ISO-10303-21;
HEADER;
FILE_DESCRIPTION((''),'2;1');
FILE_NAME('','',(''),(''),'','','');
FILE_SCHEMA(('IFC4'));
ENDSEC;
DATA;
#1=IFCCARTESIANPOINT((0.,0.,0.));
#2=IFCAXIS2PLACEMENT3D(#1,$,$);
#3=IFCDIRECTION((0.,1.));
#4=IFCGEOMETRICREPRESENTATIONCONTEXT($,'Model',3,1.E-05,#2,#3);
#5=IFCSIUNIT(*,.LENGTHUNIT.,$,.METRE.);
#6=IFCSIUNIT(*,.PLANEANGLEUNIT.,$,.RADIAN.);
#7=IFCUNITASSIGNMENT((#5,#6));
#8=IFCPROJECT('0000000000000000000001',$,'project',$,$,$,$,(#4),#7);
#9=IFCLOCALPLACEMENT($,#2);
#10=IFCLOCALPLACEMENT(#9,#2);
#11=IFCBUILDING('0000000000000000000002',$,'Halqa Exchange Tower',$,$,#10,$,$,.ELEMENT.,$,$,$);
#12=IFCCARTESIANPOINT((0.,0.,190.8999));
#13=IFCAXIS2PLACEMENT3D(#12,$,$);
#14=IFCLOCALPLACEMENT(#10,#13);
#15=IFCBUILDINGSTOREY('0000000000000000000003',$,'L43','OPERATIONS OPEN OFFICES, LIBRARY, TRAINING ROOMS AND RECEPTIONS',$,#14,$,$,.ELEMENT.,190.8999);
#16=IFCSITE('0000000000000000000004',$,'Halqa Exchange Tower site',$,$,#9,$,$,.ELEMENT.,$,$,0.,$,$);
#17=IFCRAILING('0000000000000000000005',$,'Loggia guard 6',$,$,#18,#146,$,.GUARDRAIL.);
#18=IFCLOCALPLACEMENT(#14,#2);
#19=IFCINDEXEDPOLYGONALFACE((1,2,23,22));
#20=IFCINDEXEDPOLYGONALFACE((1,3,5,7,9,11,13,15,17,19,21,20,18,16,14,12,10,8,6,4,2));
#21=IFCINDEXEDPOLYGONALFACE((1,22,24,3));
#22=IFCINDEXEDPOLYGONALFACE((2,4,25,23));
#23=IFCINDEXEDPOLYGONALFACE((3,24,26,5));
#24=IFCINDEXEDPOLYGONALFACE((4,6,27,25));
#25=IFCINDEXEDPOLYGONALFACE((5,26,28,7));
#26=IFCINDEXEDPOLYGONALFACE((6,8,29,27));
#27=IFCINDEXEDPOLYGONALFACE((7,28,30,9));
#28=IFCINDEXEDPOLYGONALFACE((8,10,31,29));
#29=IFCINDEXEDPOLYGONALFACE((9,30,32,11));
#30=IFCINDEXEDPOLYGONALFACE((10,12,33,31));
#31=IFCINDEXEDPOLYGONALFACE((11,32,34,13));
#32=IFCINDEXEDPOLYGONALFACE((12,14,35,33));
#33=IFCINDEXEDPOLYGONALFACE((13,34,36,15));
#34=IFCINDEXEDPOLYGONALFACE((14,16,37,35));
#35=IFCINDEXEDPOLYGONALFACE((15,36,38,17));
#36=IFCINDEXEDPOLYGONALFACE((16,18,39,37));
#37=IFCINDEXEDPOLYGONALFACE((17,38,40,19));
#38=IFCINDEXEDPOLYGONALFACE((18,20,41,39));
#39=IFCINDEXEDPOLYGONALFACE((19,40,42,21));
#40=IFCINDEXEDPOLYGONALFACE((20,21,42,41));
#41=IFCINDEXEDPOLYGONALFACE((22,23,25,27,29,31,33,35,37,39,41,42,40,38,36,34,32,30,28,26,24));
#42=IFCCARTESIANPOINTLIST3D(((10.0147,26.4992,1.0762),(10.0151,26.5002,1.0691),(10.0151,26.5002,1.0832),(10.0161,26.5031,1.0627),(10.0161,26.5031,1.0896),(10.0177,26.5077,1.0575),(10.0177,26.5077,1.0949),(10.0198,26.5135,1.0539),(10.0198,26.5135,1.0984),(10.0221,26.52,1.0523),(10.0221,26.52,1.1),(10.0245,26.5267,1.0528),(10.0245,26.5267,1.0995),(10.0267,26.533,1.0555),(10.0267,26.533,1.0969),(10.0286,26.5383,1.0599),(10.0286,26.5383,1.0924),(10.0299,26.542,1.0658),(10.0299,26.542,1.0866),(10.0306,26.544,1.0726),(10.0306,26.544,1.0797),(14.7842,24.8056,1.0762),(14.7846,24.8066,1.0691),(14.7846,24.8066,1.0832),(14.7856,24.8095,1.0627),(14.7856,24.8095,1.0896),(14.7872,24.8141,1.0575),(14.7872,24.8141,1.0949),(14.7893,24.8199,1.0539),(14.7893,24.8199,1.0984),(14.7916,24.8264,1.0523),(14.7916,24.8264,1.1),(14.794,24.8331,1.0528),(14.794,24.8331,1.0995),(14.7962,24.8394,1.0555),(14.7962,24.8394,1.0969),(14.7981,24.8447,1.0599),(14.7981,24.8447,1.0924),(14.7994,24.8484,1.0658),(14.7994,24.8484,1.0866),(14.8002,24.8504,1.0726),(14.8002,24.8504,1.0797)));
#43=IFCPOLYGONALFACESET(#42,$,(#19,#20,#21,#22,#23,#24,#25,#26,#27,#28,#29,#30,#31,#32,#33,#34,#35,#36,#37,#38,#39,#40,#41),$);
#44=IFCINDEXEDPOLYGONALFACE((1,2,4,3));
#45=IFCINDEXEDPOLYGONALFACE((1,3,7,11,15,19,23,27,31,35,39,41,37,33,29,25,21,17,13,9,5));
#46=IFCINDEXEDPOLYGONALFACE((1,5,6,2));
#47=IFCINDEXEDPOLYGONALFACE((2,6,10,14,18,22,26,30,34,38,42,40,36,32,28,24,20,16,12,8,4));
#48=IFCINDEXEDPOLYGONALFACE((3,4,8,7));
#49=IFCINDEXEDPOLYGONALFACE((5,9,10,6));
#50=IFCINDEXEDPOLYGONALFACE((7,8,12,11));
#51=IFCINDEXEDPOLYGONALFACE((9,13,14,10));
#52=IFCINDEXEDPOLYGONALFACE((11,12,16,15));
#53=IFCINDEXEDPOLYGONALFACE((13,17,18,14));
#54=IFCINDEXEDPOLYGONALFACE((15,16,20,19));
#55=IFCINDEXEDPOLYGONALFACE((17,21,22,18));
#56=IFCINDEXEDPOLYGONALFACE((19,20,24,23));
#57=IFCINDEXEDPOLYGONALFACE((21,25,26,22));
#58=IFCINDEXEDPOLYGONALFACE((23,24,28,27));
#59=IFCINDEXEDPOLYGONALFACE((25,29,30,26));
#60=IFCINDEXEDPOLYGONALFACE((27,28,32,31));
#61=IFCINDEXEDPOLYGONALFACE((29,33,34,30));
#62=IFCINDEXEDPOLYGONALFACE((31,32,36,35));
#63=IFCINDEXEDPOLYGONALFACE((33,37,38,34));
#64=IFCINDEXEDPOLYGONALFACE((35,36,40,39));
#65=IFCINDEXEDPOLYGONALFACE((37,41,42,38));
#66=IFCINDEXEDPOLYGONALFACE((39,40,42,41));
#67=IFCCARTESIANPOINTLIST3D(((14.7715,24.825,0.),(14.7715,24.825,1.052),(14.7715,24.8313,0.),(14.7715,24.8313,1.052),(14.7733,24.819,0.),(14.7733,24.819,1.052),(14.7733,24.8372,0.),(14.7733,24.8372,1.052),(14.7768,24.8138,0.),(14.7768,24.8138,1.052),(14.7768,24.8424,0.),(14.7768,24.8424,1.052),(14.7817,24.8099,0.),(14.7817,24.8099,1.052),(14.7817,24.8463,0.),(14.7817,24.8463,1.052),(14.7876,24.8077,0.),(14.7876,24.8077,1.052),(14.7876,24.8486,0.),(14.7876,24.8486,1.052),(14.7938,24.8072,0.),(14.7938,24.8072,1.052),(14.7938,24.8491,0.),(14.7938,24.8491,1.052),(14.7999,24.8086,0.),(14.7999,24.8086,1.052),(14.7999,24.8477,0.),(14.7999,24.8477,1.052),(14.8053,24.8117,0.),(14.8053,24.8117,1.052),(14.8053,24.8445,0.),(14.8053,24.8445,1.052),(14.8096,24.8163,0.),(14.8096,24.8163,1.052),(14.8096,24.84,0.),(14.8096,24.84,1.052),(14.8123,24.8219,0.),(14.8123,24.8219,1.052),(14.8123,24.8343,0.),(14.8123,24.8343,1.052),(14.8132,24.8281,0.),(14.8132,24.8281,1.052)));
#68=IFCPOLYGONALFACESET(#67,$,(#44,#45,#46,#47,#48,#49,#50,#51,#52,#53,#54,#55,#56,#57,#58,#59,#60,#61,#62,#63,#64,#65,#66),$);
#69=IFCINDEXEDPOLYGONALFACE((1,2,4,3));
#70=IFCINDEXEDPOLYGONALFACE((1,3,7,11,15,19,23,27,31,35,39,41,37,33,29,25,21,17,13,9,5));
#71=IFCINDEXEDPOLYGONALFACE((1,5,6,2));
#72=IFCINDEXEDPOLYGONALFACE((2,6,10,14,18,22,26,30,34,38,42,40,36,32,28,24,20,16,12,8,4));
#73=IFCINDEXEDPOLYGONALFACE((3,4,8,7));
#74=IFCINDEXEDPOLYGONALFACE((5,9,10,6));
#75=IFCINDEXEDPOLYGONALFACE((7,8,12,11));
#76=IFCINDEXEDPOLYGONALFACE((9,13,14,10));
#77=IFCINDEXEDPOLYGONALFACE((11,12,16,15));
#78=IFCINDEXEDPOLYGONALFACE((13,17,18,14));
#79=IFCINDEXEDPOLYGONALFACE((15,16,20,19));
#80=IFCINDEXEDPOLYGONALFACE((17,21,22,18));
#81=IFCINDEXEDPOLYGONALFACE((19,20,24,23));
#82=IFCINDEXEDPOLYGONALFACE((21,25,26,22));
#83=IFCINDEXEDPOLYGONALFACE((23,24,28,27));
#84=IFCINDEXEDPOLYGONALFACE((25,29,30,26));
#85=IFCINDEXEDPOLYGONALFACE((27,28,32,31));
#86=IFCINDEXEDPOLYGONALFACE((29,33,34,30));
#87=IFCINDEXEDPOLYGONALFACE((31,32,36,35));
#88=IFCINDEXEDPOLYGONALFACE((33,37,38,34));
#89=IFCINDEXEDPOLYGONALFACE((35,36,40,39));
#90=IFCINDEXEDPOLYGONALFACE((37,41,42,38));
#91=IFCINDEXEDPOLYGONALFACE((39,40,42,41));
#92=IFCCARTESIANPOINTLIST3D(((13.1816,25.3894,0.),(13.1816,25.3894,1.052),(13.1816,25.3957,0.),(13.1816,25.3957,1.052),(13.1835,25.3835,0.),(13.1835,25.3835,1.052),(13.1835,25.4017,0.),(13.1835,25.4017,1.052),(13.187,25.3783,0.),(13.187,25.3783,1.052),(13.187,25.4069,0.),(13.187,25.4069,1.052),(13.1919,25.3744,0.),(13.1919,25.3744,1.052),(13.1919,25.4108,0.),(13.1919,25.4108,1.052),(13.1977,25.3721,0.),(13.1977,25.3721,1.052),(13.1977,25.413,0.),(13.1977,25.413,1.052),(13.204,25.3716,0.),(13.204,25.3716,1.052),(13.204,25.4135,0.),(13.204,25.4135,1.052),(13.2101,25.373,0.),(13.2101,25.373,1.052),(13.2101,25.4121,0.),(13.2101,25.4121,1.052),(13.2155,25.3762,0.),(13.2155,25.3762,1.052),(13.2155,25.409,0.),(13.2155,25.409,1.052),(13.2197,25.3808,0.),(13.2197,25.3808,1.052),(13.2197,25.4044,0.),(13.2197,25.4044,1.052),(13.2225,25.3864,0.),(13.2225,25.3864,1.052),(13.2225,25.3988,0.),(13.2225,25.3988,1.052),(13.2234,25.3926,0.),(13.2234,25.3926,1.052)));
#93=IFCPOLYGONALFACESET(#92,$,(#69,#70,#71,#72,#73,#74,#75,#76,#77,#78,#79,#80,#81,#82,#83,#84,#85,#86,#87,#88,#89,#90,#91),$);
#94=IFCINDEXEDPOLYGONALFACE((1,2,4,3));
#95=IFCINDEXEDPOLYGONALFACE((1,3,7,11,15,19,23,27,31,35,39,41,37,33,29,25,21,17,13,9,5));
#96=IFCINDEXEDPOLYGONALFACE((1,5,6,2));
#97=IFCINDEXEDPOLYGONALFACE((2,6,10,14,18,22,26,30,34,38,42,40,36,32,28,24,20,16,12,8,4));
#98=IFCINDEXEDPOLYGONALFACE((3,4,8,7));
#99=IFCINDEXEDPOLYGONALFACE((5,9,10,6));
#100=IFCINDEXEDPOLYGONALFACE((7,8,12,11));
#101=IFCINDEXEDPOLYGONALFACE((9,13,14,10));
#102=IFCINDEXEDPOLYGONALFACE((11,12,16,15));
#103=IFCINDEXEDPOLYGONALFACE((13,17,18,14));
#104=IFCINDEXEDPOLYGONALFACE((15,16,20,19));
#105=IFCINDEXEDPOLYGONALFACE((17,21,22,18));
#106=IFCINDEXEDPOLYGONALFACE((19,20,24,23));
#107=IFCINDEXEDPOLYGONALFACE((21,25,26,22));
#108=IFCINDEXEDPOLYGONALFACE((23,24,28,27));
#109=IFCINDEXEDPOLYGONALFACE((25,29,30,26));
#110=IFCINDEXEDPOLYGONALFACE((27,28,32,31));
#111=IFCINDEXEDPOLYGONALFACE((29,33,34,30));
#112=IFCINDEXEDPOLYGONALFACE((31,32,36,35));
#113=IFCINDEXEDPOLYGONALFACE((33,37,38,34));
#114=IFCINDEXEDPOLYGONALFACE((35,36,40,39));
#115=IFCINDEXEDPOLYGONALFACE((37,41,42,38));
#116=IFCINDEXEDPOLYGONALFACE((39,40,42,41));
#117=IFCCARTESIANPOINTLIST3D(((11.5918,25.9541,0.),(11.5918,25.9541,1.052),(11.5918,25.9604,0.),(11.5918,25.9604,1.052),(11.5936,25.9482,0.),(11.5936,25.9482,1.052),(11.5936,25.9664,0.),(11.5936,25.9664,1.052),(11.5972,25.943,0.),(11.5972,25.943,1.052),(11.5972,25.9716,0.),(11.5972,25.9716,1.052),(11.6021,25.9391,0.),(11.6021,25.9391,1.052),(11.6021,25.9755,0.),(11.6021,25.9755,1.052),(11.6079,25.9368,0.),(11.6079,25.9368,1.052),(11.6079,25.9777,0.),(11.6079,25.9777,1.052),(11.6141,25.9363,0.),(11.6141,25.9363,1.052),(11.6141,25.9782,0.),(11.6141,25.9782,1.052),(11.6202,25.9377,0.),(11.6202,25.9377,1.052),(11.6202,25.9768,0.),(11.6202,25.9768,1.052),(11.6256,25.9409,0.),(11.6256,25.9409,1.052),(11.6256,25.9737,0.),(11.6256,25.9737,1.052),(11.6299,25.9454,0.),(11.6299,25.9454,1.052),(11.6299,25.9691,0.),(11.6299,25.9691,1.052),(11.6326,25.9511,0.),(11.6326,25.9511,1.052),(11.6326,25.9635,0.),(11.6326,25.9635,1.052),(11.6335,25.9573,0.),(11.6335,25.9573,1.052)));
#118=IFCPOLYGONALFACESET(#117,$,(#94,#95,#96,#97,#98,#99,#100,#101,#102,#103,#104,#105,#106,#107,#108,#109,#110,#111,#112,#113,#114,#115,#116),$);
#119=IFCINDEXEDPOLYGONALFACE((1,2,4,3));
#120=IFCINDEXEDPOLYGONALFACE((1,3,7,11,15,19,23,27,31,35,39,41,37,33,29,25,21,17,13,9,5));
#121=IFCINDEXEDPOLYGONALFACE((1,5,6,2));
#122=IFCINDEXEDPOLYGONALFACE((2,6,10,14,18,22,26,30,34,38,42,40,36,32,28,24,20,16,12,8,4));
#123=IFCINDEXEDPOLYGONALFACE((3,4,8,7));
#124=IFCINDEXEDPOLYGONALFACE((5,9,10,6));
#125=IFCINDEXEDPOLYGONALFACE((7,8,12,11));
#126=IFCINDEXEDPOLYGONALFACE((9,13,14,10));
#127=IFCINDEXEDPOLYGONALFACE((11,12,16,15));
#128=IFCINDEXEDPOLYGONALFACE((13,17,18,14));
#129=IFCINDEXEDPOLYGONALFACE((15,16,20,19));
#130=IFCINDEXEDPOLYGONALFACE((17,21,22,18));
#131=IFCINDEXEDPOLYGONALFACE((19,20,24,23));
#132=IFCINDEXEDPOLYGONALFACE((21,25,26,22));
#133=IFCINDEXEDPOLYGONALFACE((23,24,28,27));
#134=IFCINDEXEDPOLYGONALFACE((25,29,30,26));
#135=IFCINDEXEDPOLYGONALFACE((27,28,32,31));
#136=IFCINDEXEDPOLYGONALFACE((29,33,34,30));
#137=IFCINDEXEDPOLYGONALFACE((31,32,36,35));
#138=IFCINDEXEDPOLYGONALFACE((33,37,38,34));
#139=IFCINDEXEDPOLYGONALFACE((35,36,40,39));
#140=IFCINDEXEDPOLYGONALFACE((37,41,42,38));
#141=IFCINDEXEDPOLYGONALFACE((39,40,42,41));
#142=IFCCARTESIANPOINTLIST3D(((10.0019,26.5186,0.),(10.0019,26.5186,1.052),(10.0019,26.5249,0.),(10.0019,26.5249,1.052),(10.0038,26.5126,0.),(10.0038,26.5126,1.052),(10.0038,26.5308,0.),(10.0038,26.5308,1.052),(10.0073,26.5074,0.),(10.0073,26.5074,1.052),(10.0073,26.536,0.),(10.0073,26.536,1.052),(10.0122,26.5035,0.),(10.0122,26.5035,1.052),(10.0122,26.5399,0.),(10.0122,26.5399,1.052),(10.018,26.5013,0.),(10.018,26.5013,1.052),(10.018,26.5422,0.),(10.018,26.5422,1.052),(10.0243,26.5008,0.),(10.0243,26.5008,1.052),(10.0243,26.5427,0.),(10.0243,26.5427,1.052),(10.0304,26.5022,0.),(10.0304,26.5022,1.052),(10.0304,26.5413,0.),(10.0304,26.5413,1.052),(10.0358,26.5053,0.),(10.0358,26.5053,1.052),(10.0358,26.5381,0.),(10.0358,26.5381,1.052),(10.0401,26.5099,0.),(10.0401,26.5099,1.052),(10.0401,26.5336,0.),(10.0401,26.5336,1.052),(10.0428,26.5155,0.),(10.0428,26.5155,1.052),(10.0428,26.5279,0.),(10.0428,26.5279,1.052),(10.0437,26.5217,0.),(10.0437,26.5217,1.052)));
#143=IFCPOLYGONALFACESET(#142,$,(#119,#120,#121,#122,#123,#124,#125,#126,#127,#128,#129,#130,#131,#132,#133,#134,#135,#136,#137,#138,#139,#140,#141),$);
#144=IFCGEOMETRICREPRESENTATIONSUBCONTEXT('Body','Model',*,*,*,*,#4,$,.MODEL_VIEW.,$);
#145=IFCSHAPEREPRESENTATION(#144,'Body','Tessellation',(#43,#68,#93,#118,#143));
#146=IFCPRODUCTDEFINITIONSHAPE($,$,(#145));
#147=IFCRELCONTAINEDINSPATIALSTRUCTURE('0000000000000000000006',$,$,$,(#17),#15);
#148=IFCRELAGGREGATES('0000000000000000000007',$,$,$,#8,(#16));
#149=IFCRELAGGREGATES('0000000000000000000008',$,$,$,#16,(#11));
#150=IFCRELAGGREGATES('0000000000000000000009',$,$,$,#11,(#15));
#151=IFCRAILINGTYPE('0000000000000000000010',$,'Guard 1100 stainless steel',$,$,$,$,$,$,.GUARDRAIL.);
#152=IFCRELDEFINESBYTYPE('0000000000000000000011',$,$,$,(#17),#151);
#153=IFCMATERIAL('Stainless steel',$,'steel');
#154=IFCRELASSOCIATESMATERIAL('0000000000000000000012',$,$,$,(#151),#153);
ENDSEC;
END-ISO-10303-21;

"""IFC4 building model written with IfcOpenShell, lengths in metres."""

from ifc_helpers import new_model, si_unit, direction, frame, origin, origin_2d, place, context, subcontext, project, spatial, circle, extrude, material, type_object, element, save


model = new_model("IFC4")

# Units and contexts
model_context = context("Model", 3, precision=1e-05, world=origin(), true_north=direction((0.0, 1.0)))
body_context = subcontext(model_context, "Body", "Model", "MODEL_VIEW")
ifc_project = project(units=[si_unit("LENGTHUNIT", "METRE"), si_unit("PLANEANGLEUNIT", "RADIAN")], contexts=[model_context])

# Site, building, storey
site_placement = place(None, origin())
site = spatial("IfcSite", under=ifc_project, at=site_placement, Name="Halqa Exchange Tower site", CompositionType="ELEMENT", RefElevation=0.0)
building_placement = place(site_placement, origin())
building = spatial("IfcBuilding", under=site, at=building_placement, Name="Halqa Exchange Tower", CompositionType="ELEMENT")
storey_placement = place(building_placement, frame((0.0, 0.0, 190.8999)))
storey = spatial("IfcBuildingStorey", under=building, at=storey_placement, Name="L43", Description="OPERATIONS OPEN OFFICES, LIBRARY, TRAINING ROOMS AND RECEPTIONS", CompositionType="ELEMENT", Elevation=190.8999)

# Railing
ifc_material_1 = material(Name="Stainless steel", Category="steel")
railing_type = type_object("IfcRailingType", Name="Guard 1100 stainless steel", PredefinedType="GUARDRAIL", material=ifc_material_1)
railing_1_placement = place(storey_placement, frame((14.7922, 24.8281, 0.0)))
element("IfcRailing", 1, at=railing_1_placement, inside=storey, type_object=railing_type, Name="Loggia guard 6", PredefinedType="GUARDRAIL", context=body_context, shape_type="SweptSolid", body=[
    extrude(circle(Radius=0.0239, at=origin_2d()), frame((0.0, 0.0, 1.0762), z_axis=(-0.942354, 0.334619, 0.0), x_axis=(-0.334619, -0.942354, 0.0)), (0.0, 0.0, 1.0), 5.0613),
    extrude(circle(Radius=0.021, at=origin_2d()), origin(), (0.0, 0.0, 1.0), 1.052),
    extrude(circle(Radius=0.021, at=origin_2d()), frame((-1.5898, 0.5645, 0.0)), (0.0, 0.0, 1.0), 1.052),
    extrude(circle(Radius=0.021, at=origin_2d()), frame((-3.1797, 1.1292, 0.0)), (0.0, 0.0, 1.0), 1.052),
    extrude(circle(Radius=0.021, at=origin_2d()), frame((-4.7695, 1.6936, 0.0)), (0.0, 0.0, 1.0), 1.052),
])

save(model, "model.ifc")
